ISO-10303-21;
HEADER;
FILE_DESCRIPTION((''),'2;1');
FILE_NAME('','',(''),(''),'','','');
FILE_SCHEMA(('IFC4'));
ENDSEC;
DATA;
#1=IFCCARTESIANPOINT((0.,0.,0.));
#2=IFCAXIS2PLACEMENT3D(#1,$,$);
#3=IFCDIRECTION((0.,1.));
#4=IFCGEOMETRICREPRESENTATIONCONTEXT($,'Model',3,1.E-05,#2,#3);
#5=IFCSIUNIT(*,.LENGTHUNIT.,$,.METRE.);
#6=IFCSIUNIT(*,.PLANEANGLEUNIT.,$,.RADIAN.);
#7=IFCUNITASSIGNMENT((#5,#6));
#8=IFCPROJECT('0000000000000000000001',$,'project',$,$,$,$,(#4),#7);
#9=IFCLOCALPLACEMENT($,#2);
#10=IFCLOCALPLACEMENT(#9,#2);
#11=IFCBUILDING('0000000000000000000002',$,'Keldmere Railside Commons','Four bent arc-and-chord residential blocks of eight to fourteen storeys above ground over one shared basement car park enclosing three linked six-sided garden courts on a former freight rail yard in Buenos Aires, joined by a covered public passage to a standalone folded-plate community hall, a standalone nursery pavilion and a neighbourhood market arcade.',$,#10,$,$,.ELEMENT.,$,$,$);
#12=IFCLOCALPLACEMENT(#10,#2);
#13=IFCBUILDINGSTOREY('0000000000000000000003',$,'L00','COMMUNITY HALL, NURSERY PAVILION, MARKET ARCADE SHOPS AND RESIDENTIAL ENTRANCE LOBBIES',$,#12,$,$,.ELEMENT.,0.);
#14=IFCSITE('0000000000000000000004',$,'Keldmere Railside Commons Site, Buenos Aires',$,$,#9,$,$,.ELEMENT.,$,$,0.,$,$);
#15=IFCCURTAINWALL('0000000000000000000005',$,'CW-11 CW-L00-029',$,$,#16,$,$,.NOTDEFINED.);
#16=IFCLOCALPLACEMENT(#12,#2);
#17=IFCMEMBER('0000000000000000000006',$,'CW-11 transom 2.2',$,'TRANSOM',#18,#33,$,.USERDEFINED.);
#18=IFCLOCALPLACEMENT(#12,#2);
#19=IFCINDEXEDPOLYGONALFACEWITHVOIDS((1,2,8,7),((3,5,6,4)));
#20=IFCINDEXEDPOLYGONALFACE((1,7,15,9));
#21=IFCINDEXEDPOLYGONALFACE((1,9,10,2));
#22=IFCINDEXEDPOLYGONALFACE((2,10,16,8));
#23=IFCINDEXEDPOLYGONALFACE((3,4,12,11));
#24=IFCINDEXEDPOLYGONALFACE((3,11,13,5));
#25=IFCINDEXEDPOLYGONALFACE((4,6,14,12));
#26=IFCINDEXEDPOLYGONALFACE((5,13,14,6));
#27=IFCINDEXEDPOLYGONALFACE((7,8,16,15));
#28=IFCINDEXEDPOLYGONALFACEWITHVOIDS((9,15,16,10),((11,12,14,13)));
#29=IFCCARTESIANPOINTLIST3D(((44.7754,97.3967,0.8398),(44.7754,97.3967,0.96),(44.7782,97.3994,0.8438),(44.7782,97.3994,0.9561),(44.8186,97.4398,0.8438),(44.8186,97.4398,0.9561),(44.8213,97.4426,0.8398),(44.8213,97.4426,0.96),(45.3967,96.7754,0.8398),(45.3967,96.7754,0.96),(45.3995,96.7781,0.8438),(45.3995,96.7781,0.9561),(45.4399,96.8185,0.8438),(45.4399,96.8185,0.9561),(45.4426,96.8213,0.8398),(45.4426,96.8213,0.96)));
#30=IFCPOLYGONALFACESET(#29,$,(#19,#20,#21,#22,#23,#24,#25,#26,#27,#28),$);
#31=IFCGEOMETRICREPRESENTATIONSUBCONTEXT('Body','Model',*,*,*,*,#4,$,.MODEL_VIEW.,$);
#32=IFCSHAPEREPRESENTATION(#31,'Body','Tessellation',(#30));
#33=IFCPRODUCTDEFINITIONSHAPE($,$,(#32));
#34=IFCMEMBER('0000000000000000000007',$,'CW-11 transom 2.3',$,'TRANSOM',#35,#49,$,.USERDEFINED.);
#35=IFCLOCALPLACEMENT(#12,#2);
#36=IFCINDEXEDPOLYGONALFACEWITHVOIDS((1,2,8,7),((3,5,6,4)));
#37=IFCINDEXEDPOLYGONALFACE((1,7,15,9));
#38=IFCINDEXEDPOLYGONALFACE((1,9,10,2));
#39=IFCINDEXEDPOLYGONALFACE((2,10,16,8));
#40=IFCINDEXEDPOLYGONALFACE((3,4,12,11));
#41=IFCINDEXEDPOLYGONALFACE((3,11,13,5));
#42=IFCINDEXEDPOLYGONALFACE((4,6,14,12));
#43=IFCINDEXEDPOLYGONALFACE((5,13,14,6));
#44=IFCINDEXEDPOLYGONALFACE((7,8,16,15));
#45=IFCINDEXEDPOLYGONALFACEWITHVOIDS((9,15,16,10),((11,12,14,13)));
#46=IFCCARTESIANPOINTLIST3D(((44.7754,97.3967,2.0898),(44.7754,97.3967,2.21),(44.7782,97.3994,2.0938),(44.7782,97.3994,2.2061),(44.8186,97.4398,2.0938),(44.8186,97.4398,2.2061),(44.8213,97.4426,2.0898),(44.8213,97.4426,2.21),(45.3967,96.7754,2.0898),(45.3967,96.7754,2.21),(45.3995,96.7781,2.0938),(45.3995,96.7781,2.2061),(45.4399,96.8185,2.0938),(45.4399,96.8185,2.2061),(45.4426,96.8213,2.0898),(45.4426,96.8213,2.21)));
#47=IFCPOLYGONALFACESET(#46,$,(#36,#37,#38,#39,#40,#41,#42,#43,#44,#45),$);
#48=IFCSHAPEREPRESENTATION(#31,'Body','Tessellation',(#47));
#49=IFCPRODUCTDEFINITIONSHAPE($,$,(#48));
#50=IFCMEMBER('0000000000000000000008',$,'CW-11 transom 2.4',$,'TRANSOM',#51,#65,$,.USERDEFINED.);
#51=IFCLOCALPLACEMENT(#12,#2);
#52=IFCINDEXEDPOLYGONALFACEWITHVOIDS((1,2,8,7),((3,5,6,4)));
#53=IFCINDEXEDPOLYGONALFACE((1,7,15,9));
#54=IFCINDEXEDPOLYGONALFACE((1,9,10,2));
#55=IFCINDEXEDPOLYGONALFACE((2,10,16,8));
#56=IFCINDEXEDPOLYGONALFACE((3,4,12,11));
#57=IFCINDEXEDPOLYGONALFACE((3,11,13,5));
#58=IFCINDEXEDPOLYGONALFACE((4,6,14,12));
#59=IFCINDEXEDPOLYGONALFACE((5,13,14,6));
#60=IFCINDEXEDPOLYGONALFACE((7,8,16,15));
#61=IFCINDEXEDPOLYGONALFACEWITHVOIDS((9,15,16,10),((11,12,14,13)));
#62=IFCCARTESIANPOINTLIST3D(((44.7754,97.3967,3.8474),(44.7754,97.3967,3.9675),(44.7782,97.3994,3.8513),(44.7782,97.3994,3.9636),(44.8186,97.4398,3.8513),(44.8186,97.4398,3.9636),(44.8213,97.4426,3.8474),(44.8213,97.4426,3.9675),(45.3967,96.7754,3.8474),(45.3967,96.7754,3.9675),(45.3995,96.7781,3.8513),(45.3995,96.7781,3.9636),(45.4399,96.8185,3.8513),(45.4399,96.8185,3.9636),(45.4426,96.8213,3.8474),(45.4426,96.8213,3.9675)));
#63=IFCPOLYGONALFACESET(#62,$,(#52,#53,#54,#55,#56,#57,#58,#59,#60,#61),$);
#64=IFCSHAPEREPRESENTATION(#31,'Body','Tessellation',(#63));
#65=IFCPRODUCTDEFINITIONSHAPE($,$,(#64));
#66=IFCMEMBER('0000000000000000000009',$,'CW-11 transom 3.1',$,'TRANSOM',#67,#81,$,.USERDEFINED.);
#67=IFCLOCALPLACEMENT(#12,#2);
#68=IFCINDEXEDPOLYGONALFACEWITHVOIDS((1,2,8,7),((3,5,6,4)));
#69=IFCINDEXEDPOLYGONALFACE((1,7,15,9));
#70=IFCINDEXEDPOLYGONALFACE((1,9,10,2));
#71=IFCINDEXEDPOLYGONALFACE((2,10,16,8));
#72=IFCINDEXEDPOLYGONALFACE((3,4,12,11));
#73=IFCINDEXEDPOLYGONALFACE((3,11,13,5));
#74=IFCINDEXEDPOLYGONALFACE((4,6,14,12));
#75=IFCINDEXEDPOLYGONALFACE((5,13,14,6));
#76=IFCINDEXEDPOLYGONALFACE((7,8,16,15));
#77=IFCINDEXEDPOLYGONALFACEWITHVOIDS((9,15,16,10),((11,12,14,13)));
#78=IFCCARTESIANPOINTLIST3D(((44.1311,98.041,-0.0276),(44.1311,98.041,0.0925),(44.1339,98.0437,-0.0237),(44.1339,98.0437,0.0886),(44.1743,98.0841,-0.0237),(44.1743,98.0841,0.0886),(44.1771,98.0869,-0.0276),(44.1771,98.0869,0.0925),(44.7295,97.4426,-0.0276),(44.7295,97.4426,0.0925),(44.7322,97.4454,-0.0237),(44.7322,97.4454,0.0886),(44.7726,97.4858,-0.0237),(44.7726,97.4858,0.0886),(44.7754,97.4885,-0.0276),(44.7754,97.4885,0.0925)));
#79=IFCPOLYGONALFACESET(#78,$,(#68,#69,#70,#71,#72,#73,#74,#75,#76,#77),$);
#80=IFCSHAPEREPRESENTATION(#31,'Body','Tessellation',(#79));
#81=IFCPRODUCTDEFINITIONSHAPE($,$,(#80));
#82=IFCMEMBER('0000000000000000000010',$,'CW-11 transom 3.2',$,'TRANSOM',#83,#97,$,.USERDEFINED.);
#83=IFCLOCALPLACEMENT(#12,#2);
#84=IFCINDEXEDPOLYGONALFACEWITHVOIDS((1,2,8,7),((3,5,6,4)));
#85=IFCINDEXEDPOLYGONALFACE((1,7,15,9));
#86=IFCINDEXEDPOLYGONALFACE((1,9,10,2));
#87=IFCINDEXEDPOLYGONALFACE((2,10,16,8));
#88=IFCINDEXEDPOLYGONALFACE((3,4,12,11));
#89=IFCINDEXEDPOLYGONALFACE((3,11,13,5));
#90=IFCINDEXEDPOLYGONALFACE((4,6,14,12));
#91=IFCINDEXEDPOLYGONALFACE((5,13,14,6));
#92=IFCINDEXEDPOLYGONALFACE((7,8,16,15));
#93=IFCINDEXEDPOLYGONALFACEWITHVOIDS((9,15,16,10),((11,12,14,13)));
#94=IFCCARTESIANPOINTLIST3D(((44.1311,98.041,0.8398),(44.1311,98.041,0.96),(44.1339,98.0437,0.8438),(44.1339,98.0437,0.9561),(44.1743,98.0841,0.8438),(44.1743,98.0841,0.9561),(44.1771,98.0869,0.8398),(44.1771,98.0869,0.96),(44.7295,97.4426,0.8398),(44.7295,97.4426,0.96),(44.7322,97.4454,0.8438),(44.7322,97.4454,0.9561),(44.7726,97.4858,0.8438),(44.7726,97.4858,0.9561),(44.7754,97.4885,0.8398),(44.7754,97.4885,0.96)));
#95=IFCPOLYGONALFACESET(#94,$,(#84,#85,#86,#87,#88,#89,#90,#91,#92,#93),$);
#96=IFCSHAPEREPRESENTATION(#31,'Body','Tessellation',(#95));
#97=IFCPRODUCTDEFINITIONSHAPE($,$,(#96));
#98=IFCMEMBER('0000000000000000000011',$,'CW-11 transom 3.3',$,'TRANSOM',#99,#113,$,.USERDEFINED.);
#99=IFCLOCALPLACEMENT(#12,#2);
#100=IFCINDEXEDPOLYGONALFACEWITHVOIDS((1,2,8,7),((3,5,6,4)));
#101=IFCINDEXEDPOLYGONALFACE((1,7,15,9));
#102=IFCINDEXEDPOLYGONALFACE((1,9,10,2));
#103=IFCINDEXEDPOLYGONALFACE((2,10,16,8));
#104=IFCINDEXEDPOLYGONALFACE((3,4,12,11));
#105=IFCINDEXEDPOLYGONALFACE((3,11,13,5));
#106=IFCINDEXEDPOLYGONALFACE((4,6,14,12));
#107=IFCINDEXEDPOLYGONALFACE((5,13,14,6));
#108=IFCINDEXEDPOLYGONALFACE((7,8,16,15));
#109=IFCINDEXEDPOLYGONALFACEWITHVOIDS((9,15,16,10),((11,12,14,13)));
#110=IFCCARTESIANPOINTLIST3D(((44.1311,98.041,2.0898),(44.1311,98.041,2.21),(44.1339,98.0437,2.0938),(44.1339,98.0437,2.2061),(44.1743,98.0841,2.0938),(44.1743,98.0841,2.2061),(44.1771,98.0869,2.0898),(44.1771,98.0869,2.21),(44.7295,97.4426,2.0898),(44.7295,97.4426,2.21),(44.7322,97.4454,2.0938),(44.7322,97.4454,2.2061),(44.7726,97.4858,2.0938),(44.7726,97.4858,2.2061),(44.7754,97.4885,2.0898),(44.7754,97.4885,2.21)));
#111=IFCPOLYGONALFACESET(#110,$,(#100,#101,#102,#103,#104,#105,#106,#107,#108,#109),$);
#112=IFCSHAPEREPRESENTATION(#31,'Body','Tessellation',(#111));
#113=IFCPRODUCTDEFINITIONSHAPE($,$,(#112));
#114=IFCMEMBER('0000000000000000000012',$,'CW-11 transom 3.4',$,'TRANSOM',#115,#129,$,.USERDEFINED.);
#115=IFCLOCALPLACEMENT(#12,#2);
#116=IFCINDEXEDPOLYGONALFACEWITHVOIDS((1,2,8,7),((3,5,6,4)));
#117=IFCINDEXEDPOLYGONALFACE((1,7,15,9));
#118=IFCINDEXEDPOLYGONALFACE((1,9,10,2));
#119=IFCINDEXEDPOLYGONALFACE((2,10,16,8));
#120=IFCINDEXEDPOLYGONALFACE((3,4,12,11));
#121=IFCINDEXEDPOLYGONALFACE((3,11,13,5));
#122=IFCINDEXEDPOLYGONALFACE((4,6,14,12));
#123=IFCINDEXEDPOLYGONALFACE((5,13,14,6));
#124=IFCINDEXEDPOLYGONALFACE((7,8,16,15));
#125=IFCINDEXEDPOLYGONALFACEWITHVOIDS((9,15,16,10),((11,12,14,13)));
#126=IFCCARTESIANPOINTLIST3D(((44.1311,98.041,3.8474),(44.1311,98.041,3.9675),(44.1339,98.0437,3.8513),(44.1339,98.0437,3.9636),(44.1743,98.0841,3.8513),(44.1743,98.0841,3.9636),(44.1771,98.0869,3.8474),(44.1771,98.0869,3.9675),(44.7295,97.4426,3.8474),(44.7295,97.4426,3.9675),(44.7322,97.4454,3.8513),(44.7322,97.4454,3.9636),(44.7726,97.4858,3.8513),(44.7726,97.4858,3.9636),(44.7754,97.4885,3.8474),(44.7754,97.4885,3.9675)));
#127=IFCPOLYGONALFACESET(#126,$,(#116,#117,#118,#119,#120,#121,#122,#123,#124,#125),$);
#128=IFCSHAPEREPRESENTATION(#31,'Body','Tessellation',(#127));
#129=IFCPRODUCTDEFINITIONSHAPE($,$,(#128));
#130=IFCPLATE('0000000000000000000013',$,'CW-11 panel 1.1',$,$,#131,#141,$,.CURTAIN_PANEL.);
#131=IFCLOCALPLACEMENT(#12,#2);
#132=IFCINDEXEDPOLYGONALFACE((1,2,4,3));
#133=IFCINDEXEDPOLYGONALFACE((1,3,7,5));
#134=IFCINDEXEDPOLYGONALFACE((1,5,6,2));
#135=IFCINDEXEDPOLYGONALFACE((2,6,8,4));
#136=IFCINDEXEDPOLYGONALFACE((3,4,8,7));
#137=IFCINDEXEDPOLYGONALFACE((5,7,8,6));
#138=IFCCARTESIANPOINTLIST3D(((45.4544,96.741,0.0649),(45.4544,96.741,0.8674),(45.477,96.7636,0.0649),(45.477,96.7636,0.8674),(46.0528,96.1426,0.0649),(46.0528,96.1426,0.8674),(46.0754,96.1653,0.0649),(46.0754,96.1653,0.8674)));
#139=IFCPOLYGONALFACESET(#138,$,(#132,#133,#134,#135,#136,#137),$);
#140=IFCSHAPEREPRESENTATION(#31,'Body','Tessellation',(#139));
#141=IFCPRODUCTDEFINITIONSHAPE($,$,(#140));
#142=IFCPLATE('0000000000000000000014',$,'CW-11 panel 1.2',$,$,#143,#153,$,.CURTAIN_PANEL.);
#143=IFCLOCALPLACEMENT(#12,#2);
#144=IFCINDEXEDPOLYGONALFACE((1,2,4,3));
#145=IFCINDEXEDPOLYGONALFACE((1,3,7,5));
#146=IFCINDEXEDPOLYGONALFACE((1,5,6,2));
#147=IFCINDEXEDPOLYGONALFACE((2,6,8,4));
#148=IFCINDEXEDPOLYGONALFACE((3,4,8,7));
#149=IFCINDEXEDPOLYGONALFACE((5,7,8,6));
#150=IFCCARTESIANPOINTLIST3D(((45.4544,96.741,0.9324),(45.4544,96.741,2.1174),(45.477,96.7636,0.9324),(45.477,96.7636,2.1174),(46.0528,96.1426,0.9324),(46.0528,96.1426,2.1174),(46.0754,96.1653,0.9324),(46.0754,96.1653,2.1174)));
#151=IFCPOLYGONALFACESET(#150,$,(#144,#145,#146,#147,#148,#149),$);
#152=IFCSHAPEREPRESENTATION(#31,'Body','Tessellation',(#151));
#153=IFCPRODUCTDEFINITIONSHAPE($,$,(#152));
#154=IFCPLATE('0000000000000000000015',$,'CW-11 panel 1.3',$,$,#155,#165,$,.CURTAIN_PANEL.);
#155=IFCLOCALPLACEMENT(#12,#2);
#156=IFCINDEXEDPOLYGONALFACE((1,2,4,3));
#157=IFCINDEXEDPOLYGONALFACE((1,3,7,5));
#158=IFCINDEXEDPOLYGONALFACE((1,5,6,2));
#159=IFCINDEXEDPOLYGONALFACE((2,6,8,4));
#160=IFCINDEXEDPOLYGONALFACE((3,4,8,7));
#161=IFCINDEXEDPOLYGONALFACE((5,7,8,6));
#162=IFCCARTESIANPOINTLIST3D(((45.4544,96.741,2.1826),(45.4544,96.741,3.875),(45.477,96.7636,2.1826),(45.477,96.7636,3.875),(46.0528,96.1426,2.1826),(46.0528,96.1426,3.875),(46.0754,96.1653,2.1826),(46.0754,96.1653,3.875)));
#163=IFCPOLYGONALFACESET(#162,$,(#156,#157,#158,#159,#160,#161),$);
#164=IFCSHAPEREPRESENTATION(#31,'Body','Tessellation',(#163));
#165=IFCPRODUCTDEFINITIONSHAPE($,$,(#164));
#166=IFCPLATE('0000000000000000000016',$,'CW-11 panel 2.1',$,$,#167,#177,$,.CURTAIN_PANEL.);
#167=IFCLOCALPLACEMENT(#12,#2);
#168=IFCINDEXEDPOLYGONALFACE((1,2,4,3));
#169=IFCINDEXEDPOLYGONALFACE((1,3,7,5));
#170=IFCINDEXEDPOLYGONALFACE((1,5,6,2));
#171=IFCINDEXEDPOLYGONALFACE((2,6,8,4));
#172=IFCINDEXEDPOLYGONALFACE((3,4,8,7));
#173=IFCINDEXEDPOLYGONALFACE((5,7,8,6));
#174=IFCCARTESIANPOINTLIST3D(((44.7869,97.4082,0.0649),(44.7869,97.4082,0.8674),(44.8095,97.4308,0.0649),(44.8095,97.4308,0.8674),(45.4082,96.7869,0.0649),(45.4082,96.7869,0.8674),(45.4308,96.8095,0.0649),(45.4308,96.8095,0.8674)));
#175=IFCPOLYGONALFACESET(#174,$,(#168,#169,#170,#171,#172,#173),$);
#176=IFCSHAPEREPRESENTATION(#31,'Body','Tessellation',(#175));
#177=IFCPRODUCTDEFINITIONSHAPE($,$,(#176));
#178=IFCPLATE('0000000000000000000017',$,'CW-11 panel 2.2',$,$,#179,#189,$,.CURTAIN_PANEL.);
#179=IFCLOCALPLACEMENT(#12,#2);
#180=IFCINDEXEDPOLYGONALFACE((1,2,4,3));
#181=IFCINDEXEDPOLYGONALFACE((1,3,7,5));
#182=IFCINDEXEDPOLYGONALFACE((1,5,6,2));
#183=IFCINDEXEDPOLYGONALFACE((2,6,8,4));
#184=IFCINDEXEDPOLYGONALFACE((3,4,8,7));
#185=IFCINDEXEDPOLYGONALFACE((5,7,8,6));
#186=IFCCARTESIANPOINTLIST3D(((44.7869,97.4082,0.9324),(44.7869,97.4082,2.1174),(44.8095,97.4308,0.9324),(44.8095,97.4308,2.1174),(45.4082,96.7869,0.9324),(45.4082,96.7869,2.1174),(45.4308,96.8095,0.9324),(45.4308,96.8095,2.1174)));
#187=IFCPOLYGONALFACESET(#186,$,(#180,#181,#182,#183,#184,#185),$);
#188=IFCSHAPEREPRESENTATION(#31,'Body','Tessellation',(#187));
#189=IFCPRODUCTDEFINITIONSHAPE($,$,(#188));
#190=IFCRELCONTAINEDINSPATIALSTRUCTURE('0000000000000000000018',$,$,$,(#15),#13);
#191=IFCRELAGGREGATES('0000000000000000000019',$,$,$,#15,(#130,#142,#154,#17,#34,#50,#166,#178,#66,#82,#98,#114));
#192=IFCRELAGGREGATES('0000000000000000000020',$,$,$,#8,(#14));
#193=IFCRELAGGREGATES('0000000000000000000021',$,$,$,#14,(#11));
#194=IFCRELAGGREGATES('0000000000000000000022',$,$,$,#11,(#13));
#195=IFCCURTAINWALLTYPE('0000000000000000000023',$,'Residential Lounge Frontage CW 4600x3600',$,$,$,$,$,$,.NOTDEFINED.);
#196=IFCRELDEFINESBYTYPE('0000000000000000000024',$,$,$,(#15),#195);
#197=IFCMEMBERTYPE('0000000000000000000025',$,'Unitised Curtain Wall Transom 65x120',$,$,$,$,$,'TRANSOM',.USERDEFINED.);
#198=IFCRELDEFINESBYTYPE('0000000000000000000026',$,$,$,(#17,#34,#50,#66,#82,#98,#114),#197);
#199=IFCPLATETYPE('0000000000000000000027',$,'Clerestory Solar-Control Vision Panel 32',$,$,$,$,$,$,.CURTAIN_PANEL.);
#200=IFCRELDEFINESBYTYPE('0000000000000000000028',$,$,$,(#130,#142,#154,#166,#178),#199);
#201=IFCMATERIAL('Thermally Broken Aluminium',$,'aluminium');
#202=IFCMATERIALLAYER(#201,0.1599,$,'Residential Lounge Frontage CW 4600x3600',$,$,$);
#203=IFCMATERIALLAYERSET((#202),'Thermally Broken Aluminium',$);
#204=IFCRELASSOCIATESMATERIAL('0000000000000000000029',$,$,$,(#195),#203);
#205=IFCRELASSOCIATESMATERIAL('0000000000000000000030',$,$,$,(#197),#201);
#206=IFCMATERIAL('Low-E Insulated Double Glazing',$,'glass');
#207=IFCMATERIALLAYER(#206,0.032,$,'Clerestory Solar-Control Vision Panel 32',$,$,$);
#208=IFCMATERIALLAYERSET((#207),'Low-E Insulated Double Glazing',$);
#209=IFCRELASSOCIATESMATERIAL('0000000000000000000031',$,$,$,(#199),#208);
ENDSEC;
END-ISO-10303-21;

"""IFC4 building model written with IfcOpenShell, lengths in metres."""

from ifc_helpers import new_model, si_unit, direction, frame, origin, origin_2d, place, context, subcontext, project, spatial, rectangle, hollow_rectangle, extrude, material, layer, layer_set, material_profile, profile_set, type_object, element, aggregate, save


model = new_model("IFC4")

# Units and contexts
model_context = context("Model", 3, precision=1e-05, world=origin(), true_north=direction((0.0, 1.0)))
body_context = subcontext(model_context, "Body", "Model", "MODEL_VIEW")
ifc_project = project(units=[si_unit("LENGTHUNIT", "METRE"), si_unit("PLANEANGLEUNIT", "RADIAN")], contexts=[model_context])

# Site, building, storey
site_placement = place(None, origin())
site = spatial("IfcSite", under=ifc_project, at=site_placement, Name="Keldmere Railside Commons Site, Buenos Aires", CompositionType="ELEMENT", RefElevation=0.0)
building_placement = place(site_placement, origin())
building = spatial("IfcBuilding", under=site, at=building_placement, Name="Keldmere Railside Commons", Description="Four bent arc-and-chord residential blocks of eight to fourteen storeys above ground over one shared basement car park enclosing three linked six-sided garden courts on a former freight rail yard in Buenos Aires, joined by a covered public passage to a standalone folded-plate community hall, a standalone nursery pavilion and a neighbourhood market arcade.", CompositionType="ELEMENT")
storey_placement = place(building_placement, origin())
storey = spatial("IfcBuildingStorey", under=building, at=storey_placement, Name="L00", Description="COMMUNITY HALL, NURSERY PAVILION, MARKET ARCADE SHOPS AND RESIDENTIAL ENTRANCE LOBBIES", CompositionType="ELEMENT", Elevation=0.0)

# Curtain wall, members, plates
ifc_material_1 = material(Name="Thermally Broken Aluminium", Category="aluminium")
ifc_layer_1 = layer(ifc_material_1, 0.1599, Name="Residential Lounge Frontage CW 4600x3600")
ifc_layer_set_1 = layer_set([ifc_layer_1], Name="Thermally Broken Aluminium")
curtain_wall_type = type_object("IfcCurtainWallType", Name="Residential Lounge Frontage CW 4600x3600", PredefinedType="NOTDEFINED", material=ifc_layer_set_1)
curtain_wall_placement = place(storey_placement, origin())
curtain_wall = element("IfcCurtainWall", 1, at=curtain_wall_placement, inside=storey, type_object=curtain_wall_type, Name="CW-11 CW-L00-029", PredefinedType="NOTDEFINED")
ifc_material_profile_1 = material_profile(ifc_material_1, hollow_rectangle(XDim=0.0649, YDim=0.1201, WallThickness=0.0039, at=origin_2d()), Name="ALU-TRAN-65x120")
ifc_profile_set_1 = profile_set([ifc_material_profile_1], Name="Thermally Broken Aluminium")
member_type_1 = type_object("IfcMemberType", Name="Unitised Curtain Wall Transom 65x120", ElementType="TRANSOM", PredefinedType="USERDEFINED", material=ifc_profile_set_1)
member_1_placement = place(storey_placement, frame((45.4197, 96.7983, 0.8999), z_axis=(-0.707107, 0.707107, 0.0), x_axis=(-0.707107, -0.707107, 0.0)))
member_1 = element("IfcMember", 2, at=member_1_placement, type_object=member_type_1, Name="CW-11 transom 2.2", ObjectType="TRANSOM", PredefinedType="USERDEFINED", context=body_context, shape_type="SweptSolid", body=[
    extrude(hollow_rectangle(XDim=0.0649, YDim=0.1201, WallThickness=0.0039, at=origin_2d()), origin(), (0.0, 0.0, 1.0), 0.8787),
])
member_2_placement = place(storey_placement, frame((45.4197, 96.7983, 2.1499), z_axis=(-0.707107, 0.707107, 0.0), x_axis=(-0.707107, -0.707107, 0.0)))
member_2 = element("IfcMember", 3, at=member_2_placement, type_object=member_type_1, Name="CW-11 transom 2.3", ObjectType="TRANSOM", PredefinedType="USERDEFINED", context=body_context, shape_type="SweptSolid", body=[
    extrude(hollow_rectangle(XDim=0.0649, YDim=0.1201, WallThickness=0.0039, at=origin_2d()), origin(), (0.0, 0.0, 1.0), 0.8787),
])
member_3_placement = place(storey_placement, frame((45.4197, 96.7983, 3.9075), z_axis=(-0.707107, 0.707107, 0.0), x_axis=(-0.707107, -0.707107, 0.0)))
member_3 = element("IfcMember", 4, at=member_3_placement, type_object=member_type_1, Name="CW-11 transom 2.4", ObjectType="TRANSOM", PredefinedType="USERDEFINED", context=body_context, shape_type="SweptSolid", body=[
    extrude(hollow_rectangle(XDim=0.0649, YDim=0.1201, WallThickness=0.0039, at=origin_2d()), origin(), (0.0, 0.0, 1.0), 0.8787),
])
member_4_placement = place(storey_placement, frame((44.7524, 97.4656, 0.0325), z_axis=(-0.707107, 0.707107, 0.0), x_axis=(-0.707107, -0.707107, 0.0)))
member_4 = element("IfcMember", 5, at=member_4_placement, type_object=member_type_1, Name="CW-11 transom 3.1", ObjectType="TRANSOM", PredefinedType="USERDEFINED", context=body_context, shape_type="SweptSolid", body=[
    extrude(hollow_rectangle(XDim=0.0649, YDim=0.1201, WallThickness=0.0039, at=origin_2d()), origin(), (0.0, 0.0, 1.0), 0.8462),
])
member_5_placement = place(storey_placement, frame((44.7524, 97.4656, 0.8999), z_axis=(-0.707107, 0.707107, 0.0), x_axis=(-0.707107, -0.707107, 0.0)))
member_5 = element("IfcMember", 6, at=member_5_placement, type_object=member_type_1, Name="CW-11 transom 3.2", ObjectType="TRANSOM", PredefinedType="USERDEFINED", context=body_context, shape_type="SweptSolid", body=[
    extrude(hollow_rectangle(XDim=0.0649, YDim=0.1201, WallThickness=0.0039, at=origin_2d()), origin(), (0.0, 0.0, 1.0), 0.8462),
])
member_6_placement = place(storey_placement, frame((44.7524, 97.4656, 2.1499), z_axis=(-0.707107, 0.707107, 0.0), x_axis=(-0.707107, -0.707107, 0.0)))
member_6 = element("IfcMember", 7, at=member_6_placement, type_object=member_type_1, Name="CW-11 transom 3.3", ObjectType="TRANSOM", PredefinedType="USERDEFINED", context=body_context, shape_type="SweptSolid", body=[
    extrude(hollow_rectangle(XDim=0.0649, YDim=0.1201, WallThickness=0.0039, at=origin_2d()), origin(), (0.0, 0.0, 1.0), 0.8462),
])
member_7_placement = place(storey_placement, frame((44.7524, 97.4656, 3.9075), z_axis=(-0.707107, 0.707107, 0.0), x_axis=(-0.707107, -0.707107, 0.0)))
member_7 = element("IfcMember", 8, at=member_7_placement, type_object=member_type_1, Name="CW-11 transom 3.4", ObjectType="TRANSOM", PredefinedType="USERDEFINED", context=body_context, shape_type="SweptSolid", body=[
    extrude(hollow_rectangle(XDim=0.0649, YDim=0.1201, WallThickness=0.0039, at=origin_2d()), origin(), (0.0, 0.0, 1.0), 0.8462),
])
ifc_material_2 = material(Name="Low-E Insulated Double Glazing", Category="glass")
ifc_layer_2 = layer(ifc_material_2, 0.032, Name="Clerestory Solar-Control Vision Panel 32")
ifc_layer_set_2 = layer_set([ifc_layer_2], Name="Low-E Insulated Double Glazing")
plate_type = type_object("IfcPlateType", Name="Clerestory Solar-Control Vision Panel 32", PredefinedType="CURTAIN_PANEL", material=ifc_layer_set_2)
plate_1_placement = place(storey_placement, frame((45.7649, 96.4531, 0.0649), z_axis=(0.0, 0.0, 1.0), x_axis=(-0.707107, 0.707107, 0.0)))
plate_1 = element("IfcPlate", 9, at=plate_1_placement, type_object=plate_type, Name="CW-11 panel 1.1", PredefinedType="CURTAIN_PANEL", context=body_context, shape_type="SweptSolid", body=[
    extrude(rectangle(XDim=0.8462, YDim=0.032, at=origin_2d()), origin(), (0.0, 0.0, 1.0), 0.8025),
])
plate_2_placement = place(storey_placement, frame((45.7649, 96.4531, 0.9324), z_axis=(0.0, 0.0, 1.0), x_axis=(-0.707107, 0.707107, 0.0)))
plate_2 = element("IfcPlate", 10, at=plate_2_placement, type_object=plate_type, Name="CW-11 panel 1.2", PredefinedType="CURTAIN_PANEL", context=body_context, shape_type="SweptSolid", body=[
    extrude(rectangle(XDim=0.8462, YDim=0.032, at=origin_2d()), origin(), (0.0, 0.0, 1.0), 1.1851),
])
plate_3_placement = place(storey_placement, frame((45.7649, 96.4531, 2.1826), z_axis=(0.0, 0.0, 1.0), x_axis=(-0.707107, 0.707107, 0.0)))
plate_3 = element("IfcPlate", 11, at=plate_3_placement, type_object=plate_type, Name="CW-11 panel 1.3", PredefinedType="CURTAIN_PANEL", context=body_context, shape_type="SweptSolid", body=[
    extrude(rectangle(XDim=0.8462, YDim=0.032, at=origin_2d()), origin(), (0.0, 0.0, 1.0), 1.6924),
])
plate_4_placement = place(storey_placement, frame((45.1089, 97.1089, 0.0649), z_axis=(0.0, 0.0, 1.0), x_axis=(-0.707107, 0.707107, 0.0)))
plate_4 = element("IfcPlate", 12, at=plate_4_placement, type_object=plate_type, Name="CW-11 panel 2.1", PredefinedType="CURTAIN_PANEL", context=body_context, shape_type="SweptSolid", body=[
    extrude(rectangle(XDim=0.8787, YDim=0.032, at=origin_2d()), origin(), (0.0, 0.0, 1.0), 0.8025),
])
plate_5_placement = place(storey_placement, frame((45.1089, 97.1089, 0.9324), z_axis=(0.0, 0.0, 1.0), x_axis=(-0.707107, 0.707107, 0.0)))
plate_5 = element("IfcPlate", 13, at=plate_5_placement, type_object=plate_type, Name="CW-11 panel 2.2", PredefinedType="CURTAIN_PANEL", context=body_context, shape_type="SweptSolid", body=[
    extrude(rectangle(XDim=0.8787, YDim=0.032, at=origin_2d()), origin(), (0.0, 0.0, 1.0), 1.1851),
])
aggregate(curtain_wall, [plate_1, plate_2, plate_3, member_1, member_2, member_3, plate_4, plate_5, member_4, member_5, member_6, member_7])

save(model, "model.ifc")
